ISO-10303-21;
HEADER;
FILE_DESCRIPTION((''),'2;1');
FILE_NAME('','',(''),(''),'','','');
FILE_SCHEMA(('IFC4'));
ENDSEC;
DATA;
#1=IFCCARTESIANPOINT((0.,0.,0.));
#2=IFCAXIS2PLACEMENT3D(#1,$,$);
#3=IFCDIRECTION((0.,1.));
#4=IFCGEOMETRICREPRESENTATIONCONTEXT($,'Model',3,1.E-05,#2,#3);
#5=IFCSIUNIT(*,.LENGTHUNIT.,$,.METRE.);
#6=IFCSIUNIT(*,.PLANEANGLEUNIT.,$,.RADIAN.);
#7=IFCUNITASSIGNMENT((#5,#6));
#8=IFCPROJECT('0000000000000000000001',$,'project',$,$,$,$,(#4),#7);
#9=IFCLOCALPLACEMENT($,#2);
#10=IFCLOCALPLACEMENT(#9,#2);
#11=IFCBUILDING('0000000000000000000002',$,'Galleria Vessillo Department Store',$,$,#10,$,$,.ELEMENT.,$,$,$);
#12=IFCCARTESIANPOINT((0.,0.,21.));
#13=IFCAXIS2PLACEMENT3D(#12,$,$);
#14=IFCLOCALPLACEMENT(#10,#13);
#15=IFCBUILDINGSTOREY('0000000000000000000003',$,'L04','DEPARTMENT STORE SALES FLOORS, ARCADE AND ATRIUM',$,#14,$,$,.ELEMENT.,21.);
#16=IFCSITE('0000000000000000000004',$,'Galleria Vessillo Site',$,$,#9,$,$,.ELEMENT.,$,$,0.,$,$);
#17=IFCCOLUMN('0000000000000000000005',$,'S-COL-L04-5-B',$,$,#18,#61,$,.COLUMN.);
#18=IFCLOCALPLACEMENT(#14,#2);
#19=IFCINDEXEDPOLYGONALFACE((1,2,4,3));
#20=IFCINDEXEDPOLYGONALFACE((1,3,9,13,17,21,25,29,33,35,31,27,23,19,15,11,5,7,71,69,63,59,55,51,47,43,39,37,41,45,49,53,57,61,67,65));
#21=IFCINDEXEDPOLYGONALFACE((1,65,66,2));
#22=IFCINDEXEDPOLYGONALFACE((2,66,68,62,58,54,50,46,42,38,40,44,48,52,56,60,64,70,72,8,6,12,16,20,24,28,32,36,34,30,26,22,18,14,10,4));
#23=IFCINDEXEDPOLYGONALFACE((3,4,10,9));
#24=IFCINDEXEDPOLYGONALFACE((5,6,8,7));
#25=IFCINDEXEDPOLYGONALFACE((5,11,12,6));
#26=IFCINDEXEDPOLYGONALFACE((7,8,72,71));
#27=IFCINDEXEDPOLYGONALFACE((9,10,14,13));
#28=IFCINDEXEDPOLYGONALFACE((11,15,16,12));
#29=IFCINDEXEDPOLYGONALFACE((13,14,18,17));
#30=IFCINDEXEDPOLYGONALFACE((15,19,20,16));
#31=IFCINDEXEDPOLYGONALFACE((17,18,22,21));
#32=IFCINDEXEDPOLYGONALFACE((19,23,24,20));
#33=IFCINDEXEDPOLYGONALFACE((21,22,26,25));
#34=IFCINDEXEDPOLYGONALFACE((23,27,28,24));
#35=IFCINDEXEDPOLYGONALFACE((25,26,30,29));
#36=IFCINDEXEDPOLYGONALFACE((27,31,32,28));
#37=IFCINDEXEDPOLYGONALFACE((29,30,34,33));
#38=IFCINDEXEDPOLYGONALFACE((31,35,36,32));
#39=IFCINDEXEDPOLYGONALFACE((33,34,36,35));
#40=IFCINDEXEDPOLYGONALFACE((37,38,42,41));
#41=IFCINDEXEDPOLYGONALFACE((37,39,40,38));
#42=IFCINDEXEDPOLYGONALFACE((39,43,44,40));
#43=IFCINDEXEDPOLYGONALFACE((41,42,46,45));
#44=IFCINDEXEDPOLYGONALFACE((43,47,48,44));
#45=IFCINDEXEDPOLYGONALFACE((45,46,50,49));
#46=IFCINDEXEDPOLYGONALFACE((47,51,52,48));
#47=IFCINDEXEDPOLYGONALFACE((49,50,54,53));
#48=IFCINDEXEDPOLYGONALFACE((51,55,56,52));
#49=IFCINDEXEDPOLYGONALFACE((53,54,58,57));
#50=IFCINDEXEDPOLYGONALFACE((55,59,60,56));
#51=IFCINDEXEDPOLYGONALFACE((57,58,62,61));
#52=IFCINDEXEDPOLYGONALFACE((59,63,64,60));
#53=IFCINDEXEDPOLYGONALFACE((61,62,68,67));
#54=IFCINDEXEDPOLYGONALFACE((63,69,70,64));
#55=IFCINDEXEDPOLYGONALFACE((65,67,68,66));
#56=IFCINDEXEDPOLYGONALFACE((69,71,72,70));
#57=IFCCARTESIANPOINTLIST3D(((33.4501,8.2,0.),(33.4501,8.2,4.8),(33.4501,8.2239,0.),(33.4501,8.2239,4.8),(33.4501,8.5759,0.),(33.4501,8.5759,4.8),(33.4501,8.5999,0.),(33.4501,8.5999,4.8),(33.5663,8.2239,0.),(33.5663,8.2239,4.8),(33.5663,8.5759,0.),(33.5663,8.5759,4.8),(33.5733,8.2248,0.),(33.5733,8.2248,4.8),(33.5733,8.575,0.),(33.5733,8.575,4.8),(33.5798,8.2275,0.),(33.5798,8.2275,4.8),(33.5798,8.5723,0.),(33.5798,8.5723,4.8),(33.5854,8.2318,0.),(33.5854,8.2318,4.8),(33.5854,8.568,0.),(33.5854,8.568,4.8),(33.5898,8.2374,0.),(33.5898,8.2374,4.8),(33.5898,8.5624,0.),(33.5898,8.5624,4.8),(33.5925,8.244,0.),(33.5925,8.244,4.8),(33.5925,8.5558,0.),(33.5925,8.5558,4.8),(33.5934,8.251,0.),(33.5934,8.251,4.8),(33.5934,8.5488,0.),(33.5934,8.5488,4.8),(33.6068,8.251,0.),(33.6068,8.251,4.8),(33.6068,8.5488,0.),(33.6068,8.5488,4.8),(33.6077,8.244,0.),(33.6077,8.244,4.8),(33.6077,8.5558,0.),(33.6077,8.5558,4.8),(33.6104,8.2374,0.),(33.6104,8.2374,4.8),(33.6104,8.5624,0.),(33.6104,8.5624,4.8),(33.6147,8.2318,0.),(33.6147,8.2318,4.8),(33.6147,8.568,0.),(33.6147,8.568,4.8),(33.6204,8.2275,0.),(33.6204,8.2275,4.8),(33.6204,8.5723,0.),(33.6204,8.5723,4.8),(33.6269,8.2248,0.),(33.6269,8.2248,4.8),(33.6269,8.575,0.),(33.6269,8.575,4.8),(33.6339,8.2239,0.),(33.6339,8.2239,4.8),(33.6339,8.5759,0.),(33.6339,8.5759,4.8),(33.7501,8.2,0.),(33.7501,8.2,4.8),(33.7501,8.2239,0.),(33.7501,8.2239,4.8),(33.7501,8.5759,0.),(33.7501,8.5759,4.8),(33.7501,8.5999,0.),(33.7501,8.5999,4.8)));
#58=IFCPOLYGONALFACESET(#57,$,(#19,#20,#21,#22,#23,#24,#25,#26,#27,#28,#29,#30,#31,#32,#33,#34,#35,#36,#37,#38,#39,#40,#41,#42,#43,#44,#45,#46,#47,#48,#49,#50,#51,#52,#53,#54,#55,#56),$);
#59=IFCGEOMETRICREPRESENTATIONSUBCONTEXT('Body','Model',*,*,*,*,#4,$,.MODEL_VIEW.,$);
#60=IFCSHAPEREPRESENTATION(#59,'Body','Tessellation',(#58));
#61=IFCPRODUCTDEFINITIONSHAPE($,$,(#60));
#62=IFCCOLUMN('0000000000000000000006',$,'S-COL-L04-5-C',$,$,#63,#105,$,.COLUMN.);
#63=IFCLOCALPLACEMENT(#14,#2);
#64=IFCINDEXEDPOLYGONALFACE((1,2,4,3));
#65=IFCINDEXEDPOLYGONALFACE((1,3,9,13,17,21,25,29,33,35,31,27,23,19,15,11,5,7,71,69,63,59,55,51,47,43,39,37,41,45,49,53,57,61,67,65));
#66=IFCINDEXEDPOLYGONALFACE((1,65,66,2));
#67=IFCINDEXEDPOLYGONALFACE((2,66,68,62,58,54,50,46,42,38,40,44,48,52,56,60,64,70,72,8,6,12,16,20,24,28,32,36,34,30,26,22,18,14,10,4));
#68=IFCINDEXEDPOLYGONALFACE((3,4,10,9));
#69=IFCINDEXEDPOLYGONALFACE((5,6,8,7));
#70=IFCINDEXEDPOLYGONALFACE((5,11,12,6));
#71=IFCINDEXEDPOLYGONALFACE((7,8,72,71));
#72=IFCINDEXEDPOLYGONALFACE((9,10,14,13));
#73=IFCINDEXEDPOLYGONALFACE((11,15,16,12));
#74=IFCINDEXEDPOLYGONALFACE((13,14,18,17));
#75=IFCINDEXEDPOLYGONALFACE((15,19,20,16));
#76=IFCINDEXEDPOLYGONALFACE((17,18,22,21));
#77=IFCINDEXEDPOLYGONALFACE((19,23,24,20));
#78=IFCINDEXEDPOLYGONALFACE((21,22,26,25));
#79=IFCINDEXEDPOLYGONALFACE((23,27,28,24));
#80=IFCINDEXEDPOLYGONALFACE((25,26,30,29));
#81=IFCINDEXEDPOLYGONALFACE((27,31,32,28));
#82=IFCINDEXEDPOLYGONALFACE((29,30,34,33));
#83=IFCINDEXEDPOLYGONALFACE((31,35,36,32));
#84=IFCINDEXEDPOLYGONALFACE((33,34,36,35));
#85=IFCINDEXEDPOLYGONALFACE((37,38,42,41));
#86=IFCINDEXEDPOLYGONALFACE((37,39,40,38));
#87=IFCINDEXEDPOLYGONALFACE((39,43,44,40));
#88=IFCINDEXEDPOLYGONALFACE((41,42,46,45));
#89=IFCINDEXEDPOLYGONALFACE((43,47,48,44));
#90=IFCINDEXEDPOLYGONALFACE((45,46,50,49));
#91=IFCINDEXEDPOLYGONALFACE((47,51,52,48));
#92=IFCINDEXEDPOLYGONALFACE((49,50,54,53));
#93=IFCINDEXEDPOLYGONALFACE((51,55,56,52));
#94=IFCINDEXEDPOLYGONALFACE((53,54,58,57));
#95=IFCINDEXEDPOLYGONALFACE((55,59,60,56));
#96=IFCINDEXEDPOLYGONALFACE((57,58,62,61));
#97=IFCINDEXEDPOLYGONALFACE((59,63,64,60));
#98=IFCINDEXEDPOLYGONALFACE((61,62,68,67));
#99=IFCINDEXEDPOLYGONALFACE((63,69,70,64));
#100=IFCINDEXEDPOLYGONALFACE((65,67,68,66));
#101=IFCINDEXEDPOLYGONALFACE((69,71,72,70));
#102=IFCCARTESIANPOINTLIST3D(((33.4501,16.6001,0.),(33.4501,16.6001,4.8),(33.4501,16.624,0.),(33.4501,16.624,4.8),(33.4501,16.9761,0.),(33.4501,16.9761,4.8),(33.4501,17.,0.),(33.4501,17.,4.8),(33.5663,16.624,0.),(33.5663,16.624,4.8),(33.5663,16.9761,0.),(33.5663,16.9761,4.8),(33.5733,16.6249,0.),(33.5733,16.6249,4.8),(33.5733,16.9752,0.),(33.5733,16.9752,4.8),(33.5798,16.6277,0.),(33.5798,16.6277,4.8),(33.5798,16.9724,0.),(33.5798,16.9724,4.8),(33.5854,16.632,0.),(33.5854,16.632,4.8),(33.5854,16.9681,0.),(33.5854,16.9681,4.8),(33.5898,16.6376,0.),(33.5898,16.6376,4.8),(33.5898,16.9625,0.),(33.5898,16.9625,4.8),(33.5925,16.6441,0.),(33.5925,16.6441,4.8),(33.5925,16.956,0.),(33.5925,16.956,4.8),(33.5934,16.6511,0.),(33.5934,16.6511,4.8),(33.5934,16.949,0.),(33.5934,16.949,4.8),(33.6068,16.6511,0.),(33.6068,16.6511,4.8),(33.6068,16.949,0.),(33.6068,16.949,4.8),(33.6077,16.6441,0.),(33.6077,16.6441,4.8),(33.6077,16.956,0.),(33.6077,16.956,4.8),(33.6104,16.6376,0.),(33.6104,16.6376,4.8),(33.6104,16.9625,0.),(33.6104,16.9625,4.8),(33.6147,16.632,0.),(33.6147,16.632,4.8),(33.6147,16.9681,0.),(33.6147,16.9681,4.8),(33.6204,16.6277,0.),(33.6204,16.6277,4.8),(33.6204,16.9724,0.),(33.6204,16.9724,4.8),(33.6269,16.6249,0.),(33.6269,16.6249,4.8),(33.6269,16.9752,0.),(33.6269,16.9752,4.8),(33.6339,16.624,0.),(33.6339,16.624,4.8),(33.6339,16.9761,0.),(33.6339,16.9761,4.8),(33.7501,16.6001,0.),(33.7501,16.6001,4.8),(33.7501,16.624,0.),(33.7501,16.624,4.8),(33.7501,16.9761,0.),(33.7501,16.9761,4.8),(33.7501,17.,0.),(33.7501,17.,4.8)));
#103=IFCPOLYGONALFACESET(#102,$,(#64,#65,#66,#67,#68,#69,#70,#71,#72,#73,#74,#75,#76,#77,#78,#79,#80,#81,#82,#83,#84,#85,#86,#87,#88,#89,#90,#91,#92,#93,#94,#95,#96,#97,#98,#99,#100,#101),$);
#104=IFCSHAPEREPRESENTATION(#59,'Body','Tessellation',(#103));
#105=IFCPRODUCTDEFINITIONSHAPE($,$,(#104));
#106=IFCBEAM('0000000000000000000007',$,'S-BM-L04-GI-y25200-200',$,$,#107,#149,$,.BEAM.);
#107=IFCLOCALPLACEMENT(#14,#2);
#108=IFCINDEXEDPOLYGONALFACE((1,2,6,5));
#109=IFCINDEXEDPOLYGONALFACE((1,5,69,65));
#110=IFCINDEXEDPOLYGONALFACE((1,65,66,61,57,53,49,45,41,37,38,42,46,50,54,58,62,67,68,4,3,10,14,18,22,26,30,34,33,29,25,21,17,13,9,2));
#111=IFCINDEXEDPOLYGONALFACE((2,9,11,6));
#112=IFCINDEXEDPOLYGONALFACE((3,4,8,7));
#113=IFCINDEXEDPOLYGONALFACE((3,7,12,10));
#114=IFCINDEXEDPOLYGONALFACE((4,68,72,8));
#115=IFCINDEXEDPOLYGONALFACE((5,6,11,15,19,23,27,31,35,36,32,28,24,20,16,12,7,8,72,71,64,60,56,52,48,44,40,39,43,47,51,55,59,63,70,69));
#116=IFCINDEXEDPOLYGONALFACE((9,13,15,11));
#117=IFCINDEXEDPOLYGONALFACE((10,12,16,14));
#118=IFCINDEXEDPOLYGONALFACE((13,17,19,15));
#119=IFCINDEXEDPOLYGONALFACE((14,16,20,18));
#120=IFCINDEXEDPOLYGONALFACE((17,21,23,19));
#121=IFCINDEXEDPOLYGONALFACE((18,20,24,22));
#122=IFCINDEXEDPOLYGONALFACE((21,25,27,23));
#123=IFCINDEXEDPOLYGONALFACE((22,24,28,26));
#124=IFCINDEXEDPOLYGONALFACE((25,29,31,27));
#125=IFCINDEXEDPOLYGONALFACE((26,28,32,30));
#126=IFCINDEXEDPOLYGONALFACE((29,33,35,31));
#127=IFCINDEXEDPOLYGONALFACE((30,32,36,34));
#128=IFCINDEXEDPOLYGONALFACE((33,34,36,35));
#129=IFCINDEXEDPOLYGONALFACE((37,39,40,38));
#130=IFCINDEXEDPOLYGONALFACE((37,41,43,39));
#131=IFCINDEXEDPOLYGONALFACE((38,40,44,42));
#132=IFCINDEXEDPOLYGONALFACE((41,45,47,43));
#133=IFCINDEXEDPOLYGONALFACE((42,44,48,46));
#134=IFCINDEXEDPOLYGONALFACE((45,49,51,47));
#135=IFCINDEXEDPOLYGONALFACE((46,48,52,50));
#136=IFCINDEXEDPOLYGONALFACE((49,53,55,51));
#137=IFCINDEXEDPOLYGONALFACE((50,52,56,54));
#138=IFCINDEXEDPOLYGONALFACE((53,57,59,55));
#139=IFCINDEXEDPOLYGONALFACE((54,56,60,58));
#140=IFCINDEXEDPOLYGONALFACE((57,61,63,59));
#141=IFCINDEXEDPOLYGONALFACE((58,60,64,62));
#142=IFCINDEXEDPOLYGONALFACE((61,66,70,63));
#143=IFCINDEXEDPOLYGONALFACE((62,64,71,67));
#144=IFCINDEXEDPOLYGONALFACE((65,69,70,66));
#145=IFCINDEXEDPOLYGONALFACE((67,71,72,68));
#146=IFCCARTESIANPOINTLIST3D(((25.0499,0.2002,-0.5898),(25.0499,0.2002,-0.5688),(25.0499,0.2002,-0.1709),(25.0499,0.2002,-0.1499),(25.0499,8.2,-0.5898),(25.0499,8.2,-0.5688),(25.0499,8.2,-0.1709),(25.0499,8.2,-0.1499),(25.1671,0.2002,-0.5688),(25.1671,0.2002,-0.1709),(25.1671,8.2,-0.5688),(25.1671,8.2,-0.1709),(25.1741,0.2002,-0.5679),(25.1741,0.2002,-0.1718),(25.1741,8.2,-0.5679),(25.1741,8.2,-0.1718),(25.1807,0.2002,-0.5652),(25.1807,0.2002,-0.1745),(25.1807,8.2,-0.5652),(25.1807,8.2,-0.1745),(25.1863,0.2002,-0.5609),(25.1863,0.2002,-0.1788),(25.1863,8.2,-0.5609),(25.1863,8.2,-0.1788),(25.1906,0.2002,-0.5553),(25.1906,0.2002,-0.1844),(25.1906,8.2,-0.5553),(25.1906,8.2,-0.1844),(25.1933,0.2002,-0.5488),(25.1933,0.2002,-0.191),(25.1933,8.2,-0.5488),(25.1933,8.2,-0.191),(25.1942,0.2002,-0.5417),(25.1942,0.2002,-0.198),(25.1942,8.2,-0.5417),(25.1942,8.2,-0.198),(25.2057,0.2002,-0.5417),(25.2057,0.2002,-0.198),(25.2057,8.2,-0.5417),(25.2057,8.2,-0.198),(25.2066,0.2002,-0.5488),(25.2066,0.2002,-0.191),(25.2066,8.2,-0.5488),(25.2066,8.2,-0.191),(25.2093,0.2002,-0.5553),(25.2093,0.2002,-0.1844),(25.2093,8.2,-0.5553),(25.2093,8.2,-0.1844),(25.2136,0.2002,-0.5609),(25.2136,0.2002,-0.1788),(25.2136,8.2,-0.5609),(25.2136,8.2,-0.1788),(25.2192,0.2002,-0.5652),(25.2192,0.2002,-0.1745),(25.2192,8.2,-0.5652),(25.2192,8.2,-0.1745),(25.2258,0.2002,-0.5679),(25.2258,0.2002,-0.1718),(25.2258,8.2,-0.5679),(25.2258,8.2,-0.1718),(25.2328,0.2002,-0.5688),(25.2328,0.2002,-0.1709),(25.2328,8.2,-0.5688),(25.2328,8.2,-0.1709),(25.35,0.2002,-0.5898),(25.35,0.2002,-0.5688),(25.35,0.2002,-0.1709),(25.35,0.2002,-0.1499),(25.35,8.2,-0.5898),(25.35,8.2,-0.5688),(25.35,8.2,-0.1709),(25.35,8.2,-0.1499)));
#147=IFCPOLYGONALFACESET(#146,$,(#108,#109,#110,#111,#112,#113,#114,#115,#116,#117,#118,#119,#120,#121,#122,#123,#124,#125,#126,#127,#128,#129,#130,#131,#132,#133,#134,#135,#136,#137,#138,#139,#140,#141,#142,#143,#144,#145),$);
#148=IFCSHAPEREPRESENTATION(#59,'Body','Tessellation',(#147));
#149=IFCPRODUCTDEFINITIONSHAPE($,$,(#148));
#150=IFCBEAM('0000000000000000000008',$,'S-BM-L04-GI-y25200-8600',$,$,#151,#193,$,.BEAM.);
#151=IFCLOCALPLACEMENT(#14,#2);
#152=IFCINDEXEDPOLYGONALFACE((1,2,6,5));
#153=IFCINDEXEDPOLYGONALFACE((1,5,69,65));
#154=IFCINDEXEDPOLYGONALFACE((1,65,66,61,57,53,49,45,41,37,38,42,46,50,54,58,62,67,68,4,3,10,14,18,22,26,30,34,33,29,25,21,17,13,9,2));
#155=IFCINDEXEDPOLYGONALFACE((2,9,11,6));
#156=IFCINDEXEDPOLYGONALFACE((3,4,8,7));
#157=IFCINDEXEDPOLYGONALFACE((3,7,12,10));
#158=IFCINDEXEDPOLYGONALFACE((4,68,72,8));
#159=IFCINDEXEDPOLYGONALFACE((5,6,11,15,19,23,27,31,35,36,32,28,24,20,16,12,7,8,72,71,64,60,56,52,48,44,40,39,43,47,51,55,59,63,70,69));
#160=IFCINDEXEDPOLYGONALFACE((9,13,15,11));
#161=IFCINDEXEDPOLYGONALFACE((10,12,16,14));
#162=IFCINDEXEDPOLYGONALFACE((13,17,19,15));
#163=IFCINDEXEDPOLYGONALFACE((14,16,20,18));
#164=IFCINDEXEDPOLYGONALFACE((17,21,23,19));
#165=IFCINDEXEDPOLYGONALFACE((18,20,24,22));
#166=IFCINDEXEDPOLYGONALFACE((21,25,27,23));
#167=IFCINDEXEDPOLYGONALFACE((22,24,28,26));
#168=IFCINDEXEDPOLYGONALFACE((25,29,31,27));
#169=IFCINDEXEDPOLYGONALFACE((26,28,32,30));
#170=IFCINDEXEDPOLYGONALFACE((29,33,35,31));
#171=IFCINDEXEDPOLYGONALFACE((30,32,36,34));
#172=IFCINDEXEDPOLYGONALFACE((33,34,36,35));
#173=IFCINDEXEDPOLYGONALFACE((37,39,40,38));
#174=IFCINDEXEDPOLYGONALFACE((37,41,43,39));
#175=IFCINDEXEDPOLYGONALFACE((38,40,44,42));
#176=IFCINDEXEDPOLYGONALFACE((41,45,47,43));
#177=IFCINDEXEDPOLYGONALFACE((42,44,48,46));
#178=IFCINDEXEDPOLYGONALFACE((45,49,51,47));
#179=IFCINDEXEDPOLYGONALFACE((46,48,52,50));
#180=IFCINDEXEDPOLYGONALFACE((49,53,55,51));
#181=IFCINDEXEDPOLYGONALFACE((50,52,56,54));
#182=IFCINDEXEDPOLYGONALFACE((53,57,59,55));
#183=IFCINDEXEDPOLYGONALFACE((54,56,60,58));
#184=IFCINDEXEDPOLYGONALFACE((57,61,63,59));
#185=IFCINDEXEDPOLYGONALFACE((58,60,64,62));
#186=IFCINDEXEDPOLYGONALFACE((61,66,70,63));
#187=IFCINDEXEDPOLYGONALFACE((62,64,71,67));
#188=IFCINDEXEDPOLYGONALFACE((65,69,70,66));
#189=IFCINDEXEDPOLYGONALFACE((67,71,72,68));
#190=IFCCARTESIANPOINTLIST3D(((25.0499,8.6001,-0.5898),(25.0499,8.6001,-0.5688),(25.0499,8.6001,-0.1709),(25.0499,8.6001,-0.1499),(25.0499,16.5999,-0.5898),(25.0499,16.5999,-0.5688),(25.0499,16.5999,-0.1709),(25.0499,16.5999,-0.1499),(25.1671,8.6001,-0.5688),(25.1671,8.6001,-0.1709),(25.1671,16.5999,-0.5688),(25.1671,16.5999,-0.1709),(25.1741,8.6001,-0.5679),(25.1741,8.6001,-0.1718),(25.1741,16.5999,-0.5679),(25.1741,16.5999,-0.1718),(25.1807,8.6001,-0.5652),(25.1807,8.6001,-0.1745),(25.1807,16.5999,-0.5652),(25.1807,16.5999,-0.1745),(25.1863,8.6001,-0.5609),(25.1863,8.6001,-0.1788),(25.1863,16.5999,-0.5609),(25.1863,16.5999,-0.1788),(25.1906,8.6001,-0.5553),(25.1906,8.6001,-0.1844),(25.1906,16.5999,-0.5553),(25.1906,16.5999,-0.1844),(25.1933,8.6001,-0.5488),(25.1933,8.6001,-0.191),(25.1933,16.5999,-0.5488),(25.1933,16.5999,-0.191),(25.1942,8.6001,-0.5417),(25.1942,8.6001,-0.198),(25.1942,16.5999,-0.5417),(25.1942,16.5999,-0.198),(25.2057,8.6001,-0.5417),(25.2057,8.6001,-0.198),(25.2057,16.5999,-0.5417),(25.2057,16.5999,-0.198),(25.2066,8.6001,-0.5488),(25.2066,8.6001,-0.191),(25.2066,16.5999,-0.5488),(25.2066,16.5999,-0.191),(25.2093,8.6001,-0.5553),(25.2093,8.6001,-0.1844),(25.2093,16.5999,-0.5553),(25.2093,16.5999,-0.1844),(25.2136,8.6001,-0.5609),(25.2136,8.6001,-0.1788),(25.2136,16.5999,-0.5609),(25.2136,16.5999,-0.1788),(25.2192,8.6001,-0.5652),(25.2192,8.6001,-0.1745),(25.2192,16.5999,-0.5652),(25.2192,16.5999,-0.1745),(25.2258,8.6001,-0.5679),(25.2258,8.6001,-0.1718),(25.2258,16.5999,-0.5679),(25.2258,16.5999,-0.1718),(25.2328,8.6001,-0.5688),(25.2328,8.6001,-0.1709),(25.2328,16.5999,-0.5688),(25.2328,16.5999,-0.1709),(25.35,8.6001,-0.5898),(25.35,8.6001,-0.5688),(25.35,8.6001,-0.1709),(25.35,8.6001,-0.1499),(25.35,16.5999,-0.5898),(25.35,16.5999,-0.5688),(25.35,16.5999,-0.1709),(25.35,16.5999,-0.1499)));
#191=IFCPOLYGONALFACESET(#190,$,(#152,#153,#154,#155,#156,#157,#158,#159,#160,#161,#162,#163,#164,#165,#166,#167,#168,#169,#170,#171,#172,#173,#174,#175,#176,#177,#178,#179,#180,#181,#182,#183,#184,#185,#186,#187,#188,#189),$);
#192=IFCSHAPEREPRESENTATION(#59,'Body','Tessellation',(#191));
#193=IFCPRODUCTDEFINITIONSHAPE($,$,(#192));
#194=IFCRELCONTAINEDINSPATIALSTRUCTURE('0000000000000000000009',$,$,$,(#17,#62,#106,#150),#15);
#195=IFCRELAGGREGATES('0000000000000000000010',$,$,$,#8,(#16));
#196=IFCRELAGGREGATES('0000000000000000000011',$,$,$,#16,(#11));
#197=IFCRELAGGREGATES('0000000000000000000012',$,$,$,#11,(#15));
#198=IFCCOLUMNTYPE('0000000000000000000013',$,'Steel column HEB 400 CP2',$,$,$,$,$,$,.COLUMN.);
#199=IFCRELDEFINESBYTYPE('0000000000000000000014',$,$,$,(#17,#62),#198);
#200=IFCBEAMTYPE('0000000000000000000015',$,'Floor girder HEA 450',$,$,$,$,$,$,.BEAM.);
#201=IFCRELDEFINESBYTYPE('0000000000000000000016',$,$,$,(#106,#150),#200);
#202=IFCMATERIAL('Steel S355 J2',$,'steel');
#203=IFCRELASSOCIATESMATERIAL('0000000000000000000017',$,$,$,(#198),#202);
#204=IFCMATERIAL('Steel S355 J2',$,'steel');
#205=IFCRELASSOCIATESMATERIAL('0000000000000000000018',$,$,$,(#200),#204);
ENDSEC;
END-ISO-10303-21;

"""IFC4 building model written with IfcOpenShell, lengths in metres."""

from ifc_helpers import new_model, si_unit, direction, frame, origin, origin_2d, place, context, subcontext, project, spatial, i_section, extrude, material, material_profile, profile_set, type_object, element, save


model = new_model("IFC4")

# Units and contexts
model_context = context("Model", 3, precision=1e-05, world=origin(), true_north=direction((0.0, 1.0)))
body_context = subcontext(model_context, "Body", "Model", "MODEL_VIEW")
ifc_project = project(units=[si_unit("LENGTHUNIT", "METRE"), si_unit("PLANEANGLEUNIT", "RADIAN")], contexts=[model_context])

# Site, building, storey
site_placement = place(None, origin())
site = spatial("IfcSite", under=ifc_project, at=site_placement, Name="Galleria Vessillo Site", CompositionType="ELEMENT", RefElevation=0.0)
building_placement = place(site_placement, origin())
building = spatial("IfcBuilding", under=site, at=building_placement, Name="Galleria Vessillo Department Store", CompositionType="ELEMENT")
storey_placement = place(building_placement, frame((0.0, 0.0, 21.0)))
storey = spatial("IfcBuildingStorey", under=building, at=storey_placement, Name="L04", Description="DEPARTMENT STORE SALES FLOORS, ARCADE AND ATRIUM", CompositionType="ELEMENT", Elevation=21.0)

# Columns
ifc_material_1 = material(Name="Steel S355 J2", Category="steel")
ifc_material_profile_1 = material_profile(ifc_material_1, i_section(OverallWidth=0.3, OverallDepth=0.3999, WebThickness=0.0134, FlangeThickness=0.0239, FilletRadius=0.0271, at=origin_2d()), Name="HEB 400")
ifc_profile_set_1 = profile_set([ifc_material_profile_1], Name="Steel S355 J2")
column_type = type_object("IfcColumnType", Name="Steel column HEB 400 CP2", PredefinedType="COLUMN", material=ifc_profile_set_1)
for number, where, z_axis, x_axis, name in (
    (1, (33.6001, 8.3999, 0.0), (0.0, 0.0, 1.0), (1.0, 0.0, 0.0), "S-COL-L04-5-B"),
    (2, (33.6001, 16.8, 0.0), (0.0, 0.0, 1.0), (1.0, 0.0, 0.0), "S-COL-L04-5-C"),
):
    element("IfcColumn", number, at=place(storey_placement, frame(where, z_axis=z_axis, x_axis=x_axis)), inside=storey, type_object=column_type, Name=name, PredefinedType="COLUMN", context=body_context, shape_type="SweptSolid", body=[
        extrude(i_section(OverallWidth=0.3, OverallDepth=0.3999, WebThickness=0.0134, FlangeThickness=0.0239, FilletRadius=0.0271, at=origin_2d()), origin(), (0.0, 0.0, 1.0), 4.8),
    ])

# Beams
ifc_material_2 = material(Name="Steel S355 J2", Category="steel")
ifc_material_profile_2 = material_profile(ifc_material_2, i_section(OverallWidth=0.3, OverallDepth=0.4399, WebThickness=0.0115, FlangeThickness=0.021, FilletRadius=0.0271, at=origin_2d()), Name="HEA 450")
ifc_profile_set_2 = profile_set([ifc_material_profile_2], Name="Steel S355 J2")
beam_type_1 = type_object("IfcBeamType", Name="Floor girder HEA 450", PredefinedType="BEAM", material=ifc_profile_set_2)
for number, where, z_axis, x_axis, name in (
    (3, (25.2, 0.2002, -0.3699), (0.0, 1.0, 0.0), (-1.0, 0.0, 0.0), "S-BM-L04-GI-y25200-200"),
    (4, (25.2, 8.6001, -0.3699), (0.0, 1.0, 0.0), (-1.0, 0.0, 0.0), "S-BM-L04-GI-y25200-8600"),
):
    element("IfcBeam", number, at=place(storey_placement, frame(where, z_axis=z_axis, x_axis=x_axis)), inside=storey, type_object=beam_type_1, Name=name, PredefinedType="BEAM", context=body_context, shape_type="SweptSolid", body=[
        extrude(i_section(OverallWidth=0.3, OverallDepth=0.4399, WebThickness=0.0115, FlangeThickness=0.021, FilletRadius=0.0271, at=origin_2d()), origin(), (0.0, 0.0, 1.0), 7.9998),
    ])

save(model, "model.ifc")
